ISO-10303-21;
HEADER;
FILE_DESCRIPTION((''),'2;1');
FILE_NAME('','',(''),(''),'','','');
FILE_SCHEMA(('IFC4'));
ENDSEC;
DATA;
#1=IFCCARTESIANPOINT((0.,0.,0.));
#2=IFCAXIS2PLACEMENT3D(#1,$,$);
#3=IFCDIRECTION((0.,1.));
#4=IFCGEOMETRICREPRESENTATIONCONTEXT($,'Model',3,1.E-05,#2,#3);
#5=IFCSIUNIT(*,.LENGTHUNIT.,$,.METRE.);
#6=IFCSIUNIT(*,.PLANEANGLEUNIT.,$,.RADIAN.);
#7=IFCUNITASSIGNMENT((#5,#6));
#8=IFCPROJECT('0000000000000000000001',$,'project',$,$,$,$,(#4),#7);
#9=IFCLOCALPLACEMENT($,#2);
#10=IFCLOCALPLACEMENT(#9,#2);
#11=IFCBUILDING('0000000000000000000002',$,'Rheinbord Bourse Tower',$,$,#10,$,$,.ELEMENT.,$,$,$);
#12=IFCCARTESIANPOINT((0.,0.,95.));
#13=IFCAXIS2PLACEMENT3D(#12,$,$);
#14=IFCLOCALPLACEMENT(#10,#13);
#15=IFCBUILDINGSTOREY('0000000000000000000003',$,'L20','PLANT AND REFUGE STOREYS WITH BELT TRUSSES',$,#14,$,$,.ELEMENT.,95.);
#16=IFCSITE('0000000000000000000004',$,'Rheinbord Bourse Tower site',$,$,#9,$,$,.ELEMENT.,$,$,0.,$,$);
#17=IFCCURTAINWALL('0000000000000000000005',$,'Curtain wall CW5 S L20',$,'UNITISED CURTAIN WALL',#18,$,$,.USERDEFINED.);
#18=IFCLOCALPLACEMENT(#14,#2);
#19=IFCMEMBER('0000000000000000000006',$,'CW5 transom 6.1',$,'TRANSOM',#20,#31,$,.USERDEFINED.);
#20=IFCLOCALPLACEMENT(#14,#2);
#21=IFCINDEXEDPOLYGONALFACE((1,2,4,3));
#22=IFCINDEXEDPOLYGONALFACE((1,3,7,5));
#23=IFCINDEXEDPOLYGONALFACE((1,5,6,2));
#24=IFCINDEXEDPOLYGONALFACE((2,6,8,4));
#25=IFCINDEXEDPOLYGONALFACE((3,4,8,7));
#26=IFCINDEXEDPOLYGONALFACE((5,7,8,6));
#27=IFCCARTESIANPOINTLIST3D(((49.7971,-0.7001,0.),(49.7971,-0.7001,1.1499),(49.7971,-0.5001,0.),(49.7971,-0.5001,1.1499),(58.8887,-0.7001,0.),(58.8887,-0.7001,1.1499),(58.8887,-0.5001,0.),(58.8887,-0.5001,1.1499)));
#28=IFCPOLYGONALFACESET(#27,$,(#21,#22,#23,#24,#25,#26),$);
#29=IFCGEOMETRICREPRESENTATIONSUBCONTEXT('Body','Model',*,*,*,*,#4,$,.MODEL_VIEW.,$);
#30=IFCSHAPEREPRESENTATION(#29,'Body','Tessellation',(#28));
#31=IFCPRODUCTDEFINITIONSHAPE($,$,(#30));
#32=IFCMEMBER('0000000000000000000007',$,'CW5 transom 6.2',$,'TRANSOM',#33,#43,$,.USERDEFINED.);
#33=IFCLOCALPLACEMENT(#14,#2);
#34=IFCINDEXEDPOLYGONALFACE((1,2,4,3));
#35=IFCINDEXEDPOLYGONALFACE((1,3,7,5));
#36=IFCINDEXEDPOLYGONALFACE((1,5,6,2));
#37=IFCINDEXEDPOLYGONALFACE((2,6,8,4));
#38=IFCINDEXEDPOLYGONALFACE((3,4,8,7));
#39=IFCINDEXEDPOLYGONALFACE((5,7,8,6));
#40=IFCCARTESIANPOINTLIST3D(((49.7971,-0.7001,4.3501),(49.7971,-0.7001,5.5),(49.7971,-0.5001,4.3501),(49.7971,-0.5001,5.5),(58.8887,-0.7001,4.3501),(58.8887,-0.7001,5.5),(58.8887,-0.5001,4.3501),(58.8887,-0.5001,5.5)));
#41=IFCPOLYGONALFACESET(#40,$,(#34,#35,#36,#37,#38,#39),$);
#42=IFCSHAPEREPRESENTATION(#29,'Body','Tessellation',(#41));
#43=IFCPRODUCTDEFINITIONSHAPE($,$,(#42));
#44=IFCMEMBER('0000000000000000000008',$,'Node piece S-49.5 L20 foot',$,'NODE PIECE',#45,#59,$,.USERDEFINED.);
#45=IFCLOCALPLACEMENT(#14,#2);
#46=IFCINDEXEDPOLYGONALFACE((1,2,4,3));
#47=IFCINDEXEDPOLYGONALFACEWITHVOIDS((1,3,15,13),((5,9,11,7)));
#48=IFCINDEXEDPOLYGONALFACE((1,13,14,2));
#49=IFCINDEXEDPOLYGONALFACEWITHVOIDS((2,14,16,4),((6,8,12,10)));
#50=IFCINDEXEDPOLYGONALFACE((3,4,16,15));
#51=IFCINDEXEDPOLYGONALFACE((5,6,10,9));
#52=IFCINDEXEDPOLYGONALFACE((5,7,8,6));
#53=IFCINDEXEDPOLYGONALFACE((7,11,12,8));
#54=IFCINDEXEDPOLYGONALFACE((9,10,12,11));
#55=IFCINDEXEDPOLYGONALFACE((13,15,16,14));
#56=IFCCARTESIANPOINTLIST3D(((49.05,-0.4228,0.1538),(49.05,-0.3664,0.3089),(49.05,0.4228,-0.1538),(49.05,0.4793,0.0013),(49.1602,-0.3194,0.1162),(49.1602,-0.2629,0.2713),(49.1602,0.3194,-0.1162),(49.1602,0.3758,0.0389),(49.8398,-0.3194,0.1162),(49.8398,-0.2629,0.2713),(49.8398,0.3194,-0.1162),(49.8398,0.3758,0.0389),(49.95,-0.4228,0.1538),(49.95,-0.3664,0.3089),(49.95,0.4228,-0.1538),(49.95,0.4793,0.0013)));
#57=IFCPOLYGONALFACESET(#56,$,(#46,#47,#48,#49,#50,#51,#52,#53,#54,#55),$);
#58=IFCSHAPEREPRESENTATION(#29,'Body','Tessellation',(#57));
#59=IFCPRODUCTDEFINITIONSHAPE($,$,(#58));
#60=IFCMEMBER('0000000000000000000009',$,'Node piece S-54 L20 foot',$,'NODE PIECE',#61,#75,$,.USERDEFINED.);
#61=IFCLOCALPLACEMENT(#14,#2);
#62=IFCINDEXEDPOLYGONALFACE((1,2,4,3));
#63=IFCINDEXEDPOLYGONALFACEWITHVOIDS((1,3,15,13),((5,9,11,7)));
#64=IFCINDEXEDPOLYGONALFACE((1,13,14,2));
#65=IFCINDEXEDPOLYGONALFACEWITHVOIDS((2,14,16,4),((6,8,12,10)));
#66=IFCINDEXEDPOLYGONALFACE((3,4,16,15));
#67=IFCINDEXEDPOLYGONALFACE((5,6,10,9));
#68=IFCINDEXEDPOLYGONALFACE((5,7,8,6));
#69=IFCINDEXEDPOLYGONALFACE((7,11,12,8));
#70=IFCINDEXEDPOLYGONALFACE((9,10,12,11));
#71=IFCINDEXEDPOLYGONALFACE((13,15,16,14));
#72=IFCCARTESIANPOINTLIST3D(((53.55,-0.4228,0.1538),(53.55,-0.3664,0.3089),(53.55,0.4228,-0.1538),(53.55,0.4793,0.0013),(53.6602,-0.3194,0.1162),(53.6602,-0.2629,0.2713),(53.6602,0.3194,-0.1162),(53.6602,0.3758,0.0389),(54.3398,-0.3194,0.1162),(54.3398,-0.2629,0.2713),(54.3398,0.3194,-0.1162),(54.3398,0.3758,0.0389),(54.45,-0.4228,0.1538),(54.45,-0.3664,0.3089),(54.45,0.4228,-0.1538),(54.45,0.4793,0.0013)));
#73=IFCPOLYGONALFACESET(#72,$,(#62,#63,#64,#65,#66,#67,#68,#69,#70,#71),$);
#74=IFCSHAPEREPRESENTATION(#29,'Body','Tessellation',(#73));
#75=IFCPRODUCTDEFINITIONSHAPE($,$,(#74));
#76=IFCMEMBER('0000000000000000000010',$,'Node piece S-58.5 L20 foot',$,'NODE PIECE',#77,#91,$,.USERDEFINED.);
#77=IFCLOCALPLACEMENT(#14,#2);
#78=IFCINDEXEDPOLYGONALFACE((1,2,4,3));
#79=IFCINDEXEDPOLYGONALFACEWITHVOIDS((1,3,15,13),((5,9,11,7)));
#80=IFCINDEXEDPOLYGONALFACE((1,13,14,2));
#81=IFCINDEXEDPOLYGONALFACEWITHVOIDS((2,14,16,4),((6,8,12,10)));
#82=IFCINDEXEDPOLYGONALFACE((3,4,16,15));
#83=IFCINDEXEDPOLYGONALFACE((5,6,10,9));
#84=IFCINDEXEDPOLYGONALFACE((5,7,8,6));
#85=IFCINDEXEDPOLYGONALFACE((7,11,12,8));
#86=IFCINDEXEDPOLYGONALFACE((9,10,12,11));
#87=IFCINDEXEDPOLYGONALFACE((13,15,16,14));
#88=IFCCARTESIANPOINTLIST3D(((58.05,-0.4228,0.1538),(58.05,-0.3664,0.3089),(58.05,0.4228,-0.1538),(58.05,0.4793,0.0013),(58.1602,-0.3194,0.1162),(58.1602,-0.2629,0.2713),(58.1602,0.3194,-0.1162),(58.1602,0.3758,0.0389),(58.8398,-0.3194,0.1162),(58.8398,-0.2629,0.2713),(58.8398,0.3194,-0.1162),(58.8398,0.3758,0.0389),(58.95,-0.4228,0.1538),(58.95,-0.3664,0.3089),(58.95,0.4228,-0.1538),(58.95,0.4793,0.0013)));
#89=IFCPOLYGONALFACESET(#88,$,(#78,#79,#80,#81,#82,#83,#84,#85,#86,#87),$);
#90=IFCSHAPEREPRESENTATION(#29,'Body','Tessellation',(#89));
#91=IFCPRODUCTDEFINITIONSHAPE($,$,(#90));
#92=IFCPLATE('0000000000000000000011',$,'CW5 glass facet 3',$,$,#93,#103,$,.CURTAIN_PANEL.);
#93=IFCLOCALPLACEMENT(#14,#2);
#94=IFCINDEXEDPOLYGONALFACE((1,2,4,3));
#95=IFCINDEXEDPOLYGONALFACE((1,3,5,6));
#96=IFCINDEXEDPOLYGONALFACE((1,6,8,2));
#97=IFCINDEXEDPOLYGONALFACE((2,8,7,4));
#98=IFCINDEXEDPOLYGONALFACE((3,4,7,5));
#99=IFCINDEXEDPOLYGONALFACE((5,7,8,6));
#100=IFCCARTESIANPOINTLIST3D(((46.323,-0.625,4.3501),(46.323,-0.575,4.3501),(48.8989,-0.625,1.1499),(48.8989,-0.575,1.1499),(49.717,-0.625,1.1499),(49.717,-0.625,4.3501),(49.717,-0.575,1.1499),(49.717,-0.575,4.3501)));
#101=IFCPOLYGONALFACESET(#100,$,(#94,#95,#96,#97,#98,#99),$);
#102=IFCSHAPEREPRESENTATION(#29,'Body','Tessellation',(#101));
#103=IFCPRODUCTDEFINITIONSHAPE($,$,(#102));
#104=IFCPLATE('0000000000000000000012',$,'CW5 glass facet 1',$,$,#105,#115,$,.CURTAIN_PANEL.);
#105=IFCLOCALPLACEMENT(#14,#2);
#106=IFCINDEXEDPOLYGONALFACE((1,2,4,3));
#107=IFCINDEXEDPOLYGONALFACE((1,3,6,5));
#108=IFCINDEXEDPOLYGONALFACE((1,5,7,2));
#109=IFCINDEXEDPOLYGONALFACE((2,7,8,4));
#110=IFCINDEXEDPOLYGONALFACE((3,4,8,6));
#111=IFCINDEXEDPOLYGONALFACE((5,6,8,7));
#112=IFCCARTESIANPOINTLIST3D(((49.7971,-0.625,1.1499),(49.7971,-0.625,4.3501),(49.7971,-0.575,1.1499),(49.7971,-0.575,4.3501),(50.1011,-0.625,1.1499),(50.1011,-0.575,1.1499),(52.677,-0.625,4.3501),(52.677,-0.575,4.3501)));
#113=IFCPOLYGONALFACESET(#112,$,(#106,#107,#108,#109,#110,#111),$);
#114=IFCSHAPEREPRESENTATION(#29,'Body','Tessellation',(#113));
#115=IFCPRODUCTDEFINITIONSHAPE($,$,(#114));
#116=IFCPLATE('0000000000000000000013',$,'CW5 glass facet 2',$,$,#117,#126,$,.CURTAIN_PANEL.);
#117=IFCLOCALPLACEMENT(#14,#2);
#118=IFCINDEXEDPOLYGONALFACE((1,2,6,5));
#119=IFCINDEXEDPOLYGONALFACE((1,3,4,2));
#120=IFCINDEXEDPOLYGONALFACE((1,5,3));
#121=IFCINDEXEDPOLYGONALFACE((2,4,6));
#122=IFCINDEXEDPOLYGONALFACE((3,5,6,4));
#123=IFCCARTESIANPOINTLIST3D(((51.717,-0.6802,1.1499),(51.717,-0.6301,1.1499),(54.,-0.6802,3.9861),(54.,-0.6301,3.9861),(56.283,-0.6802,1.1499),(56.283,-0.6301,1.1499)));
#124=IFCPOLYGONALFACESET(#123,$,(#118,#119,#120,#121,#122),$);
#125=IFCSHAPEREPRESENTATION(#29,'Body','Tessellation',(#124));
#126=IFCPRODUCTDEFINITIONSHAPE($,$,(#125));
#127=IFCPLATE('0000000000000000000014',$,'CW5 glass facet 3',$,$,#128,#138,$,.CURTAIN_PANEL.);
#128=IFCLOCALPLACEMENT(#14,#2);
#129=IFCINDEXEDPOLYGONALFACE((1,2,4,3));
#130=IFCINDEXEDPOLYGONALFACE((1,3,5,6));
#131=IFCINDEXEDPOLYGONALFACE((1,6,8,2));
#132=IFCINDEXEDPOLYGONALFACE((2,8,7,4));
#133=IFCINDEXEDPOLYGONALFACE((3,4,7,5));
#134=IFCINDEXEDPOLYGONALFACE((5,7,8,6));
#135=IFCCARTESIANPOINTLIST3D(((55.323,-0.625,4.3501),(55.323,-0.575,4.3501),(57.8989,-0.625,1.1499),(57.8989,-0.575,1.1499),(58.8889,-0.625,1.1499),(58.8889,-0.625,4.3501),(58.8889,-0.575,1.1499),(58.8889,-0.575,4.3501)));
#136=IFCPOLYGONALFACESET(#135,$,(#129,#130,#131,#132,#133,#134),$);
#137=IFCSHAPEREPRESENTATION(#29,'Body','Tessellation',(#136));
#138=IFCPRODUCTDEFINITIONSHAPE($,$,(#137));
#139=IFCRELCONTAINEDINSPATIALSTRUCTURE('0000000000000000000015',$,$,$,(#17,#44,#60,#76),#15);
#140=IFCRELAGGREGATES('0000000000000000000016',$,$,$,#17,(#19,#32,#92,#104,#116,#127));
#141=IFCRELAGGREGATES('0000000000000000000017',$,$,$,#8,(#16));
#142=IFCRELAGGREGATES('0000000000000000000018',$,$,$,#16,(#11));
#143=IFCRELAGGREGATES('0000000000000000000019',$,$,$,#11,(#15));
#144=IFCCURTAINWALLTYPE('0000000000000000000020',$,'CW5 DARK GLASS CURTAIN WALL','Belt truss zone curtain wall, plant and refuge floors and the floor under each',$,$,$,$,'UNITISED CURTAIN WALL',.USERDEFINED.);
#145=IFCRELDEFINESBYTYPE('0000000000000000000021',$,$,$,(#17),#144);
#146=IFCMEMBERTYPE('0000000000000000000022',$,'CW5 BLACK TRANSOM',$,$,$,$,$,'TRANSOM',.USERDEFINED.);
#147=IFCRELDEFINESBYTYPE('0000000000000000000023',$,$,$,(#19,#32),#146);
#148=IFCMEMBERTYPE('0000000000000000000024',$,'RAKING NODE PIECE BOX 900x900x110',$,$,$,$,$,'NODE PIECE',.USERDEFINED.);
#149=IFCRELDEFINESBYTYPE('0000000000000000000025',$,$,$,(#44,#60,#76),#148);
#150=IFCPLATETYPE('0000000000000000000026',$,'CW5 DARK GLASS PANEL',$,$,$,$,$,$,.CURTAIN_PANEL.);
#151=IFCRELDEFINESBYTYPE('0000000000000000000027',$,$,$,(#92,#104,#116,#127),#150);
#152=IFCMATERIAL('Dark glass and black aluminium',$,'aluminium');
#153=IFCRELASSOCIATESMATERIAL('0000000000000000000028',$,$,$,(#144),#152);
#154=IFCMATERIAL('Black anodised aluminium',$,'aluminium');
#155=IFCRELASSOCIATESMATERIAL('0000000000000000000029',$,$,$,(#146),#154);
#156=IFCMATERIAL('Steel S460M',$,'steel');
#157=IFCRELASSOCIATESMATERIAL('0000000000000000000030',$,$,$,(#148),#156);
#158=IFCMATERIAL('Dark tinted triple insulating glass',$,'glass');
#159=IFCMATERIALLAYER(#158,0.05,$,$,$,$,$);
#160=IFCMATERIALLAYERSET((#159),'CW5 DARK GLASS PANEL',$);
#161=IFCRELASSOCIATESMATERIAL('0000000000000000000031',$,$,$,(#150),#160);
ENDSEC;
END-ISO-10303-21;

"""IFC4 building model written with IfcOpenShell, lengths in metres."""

from ifc_helpers import new_model, si_unit, direction, frame, origin, origin_2d, place, context, subcontext, project, spatial, polyline, rectangle, hollow_rectangle, outline, extrude, material, layer, layer_set, material_profile, profile_set, type_object, element, aggregate, save


model = new_model("IFC4")

# Units and contexts
model_context = context("Model", 3, precision=1e-05, world=origin(), true_north=direction((0.0, 1.0)))
body_context = subcontext(model_context, "Body", "Model", "MODEL_VIEW")
ifc_project = project(units=[si_unit("LENGTHUNIT", "METRE"), si_unit("PLANEANGLEUNIT", "RADIAN")], contexts=[model_context])

# Site, building, storey
site_placement = place(None, origin())
site = spatial("IfcSite", under=ifc_project, at=site_placement, Name="Rheinbord Bourse Tower site", CompositionType="ELEMENT", RefElevation=0.0)
building_placement = place(site_placement, origin())
building = spatial("IfcBuilding", under=site, at=building_placement, Name="Rheinbord Bourse Tower", CompositionType="ELEMENT")
storey_placement = place(building_placement, frame((0.0, 0.0, 95.0)))
storey = spatial("IfcBuildingStorey", under=building, at=storey_placement, Name="L20", Description="PLANT AND REFUGE STOREYS WITH BELT TRUSSES", CompositionType="ELEMENT", Elevation=95.0)

# Curtain wall, members
ifc_material_1 = material(Name="Dark glass and black aluminium", Category="aluminium")
curtain_wall_type = type_object("IfcCurtainWallType", Name="CW5 DARK GLASS CURTAIN WALL", Description="Belt truss zone curtain wall, plant and refuge floors and the floor under each", ElementType="UNITISED CURTAIN WALL", PredefinedType="USERDEFINED", material=ifc_material_1)
curtain_wall_placement = place(storey_placement, origin())
curtain_wall = element("IfcCurtainWall", 1, at=curtain_wall_placement, inside=storey, type_object=curtain_wall_type, Name="Curtain wall CW5 S L20", ObjectType="UNITISED CURTAIN WALL", PredefinedType="USERDEFINED")
ifc_material_2 = material(Name="Black anodised aluminium", Category="aluminium")
ifc_material_profile_1 = material_profile(ifc_material_2, rectangle(XDim=0.2, YDim=1.1499, at=origin_2d()), Name="CW5 TRANSOM 1150x200")
ifc_profile_set_1 = profile_set([ifc_material_profile_1], Name="Black anodised aluminium")
member_type_1 = type_object("IfcMemberType", Name="CW5 BLACK TRANSOM", ElementType="TRANSOM", PredefinedType="USERDEFINED", material=ifc_profile_set_1)
member_1_placement = place(storey_placement, frame((49.7971, -0.6001, 0.575), z_axis=(1.0, 0.0, 0.0), x_axis=(0.0, 1.0, 0.0)))
member_1 = element("IfcMember", 2, at=member_1_placement, type_object=member_type_1, Name="CW5 transom 6.1", ObjectType="TRANSOM", PredefinedType="USERDEFINED", context=body_context, shape_type="SweptSolid", body=[
    extrude(rectangle(XDim=0.2, YDim=1.1499, at=origin_2d()), origin(), (0.0, 0.0, 1.0), 9.0916),
])
member_2_placement = place(storey_placement, frame((49.7971, -0.6001, 4.925), z_axis=(1.0, 0.0, 0.0), x_axis=(0.0, 1.0, 0.0)))
member_2 = element("IfcMember", 3, at=member_2_placement, type_object=member_type_1, Name="CW5 transom 6.2", ObjectType="TRANSOM", PredefinedType="USERDEFINED", context=body_context, shape_type="SweptSolid", body=[
    extrude(rectangle(XDim=0.2, YDim=1.1499, at=origin_2d()), origin(), (0.0, 0.0, 1.0), 9.0916),
])

# Members
ifc_material_3 = material(Name="Steel S460M", Category="steel")
ifc_material_profile_2 = material_profile(ifc_material_3, hollow_rectangle(XDim=0.8999, YDim=0.8999, WallThickness=0.1101, at=origin_2d()), Name="BOX 900x900x110")
ifc_profile_set_2 = profile_set([ifc_material_profile_2], Name="Steel S460M")
member_type_2 = type_object("IfcMemberType", Name="RAKING NODE PIECE BOX 900x900x110", ElementType="NODE PIECE", PredefinedType="USERDEFINED", material=ifc_profile_set_2)
for number, where, z_axis, x_axis, name in (
    (4, (49.5, 0.0, 0.0), (0.0, 0.341862, 0.93975), (0.0, -0.93975, 0.341862), "Node piece S-49.5 L20 foot"),
    (5, (54.0, 0.0, 0.0), (0.0, 0.341862, 0.93975), (0.0, -0.93975, 0.341862), "Node piece S-54 L20 foot"),
    (6, (58.5, 0.0, 0.0), (0.0, 0.341862, 0.93975), (0.0, -0.93975, 0.341862), "Node piece S-58.5 L20 foot"),
):
    element("IfcMember", number, at=place(storey_placement, frame(where, z_axis=z_axis, x_axis=x_axis)), inside=storey, type_object=member_type_2, Name=name, ObjectType="NODE PIECE", PredefinedType="USERDEFINED", context=body_context, shape_type="SweptSolid", body=[
        extrude(hollow_rectangle(XDim=0.8999, YDim=0.8999, WallThickness=0.1101, at=origin_2d()), origin(), (0.0, 0.0, 1.0), 0.165),
    ])

# Plates
ifc_material_4 = material(Name="Dark tinted triple insulating glass", Category="glass")
ifc_layer = layer(ifc_material_4, 0.05)
ifc_layer_set = layer_set([ifc_layer], Name="CW5 DARK GLASS PANEL")
plate_type = type_object("IfcPlateType", Name="CW5 DARK GLASS PANEL", PredefinedType="CURTAIN_PANEL", material=ifc_layer_set)
plate_1_placement = place(storey_placement, frame((49.717, -0.625, 4.3501), z_axis=(0.0, 1.0, 0.0), x_axis=(0.0, 0.0, -1.0)))
plate_1 = element("IfcPlate", 7, at=plate_1_placement, type_object=plate_type, Name="CW5 glass facet 3", PredefinedType="CURTAIN_PANEL", context=body_context, shape_type="SweptSolid", body=[
    extrude(outline(polyline([(0.0, 0.0), (3.2002, 0.0), (3.2002, 0.8181), (0.0, 3.394), (0.0, 0.0)])), origin(), (0.0, 0.0, 1.0), 0.05),
])
plate_2_placement = place(storey_placement, frame((49.7971, -0.625, 1.1499), z_axis=(0.0, 1.0, 0.0), x_axis=(0.0, 0.0, 1.0)))
plate_2 = element("IfcPlate", 8, at=plate_2_placement, type_object=plate_type, Name="CW5 glass facet 1", PredefinedType="CURTAIN_PANEL", context=body_context, shape_type="SweptSolid", body=[
    extrude(outline(polyline([(0.0, 0.0), (3.2002, 0.0), (3.2002, 2.8799), (0.0, 0.304), (0.0, 0.0)])), origin(), (0.0, 0.0, 1.0), 0.05),
])
plate_3_placement = place(storey_placement, frame((51.717, -0.6802, 1.1499), z_axis=(0.0, 1.0, 0.0), x_axis=(0.627039, 0.0, 0.778988)))
plate_3 = element("IfcPlate", 9, at=plate_3_placement, type_object=plate_type, Name="CW5 glass facet 2", PredefinedType="CURTAIN_PANEL", context=body_context, shape_type="SweptSolid", body=[
    extrude(outline(polyline([(0.0, 0.0), (3.6409, 0.0), (2.863, 3.5569), (0.0, 0.0)])), origin(), (0.0, 0.0, 1.0), 0.05),
])
plate_4_placement = place(storey_placement, frame((58.8889, -0.625, 4.3501), z_axis=(0.0, 1.0, 0.0), x_axis=(0.0, 0.0, -1.0)))
plate_4 = element("IfcPlate", 10, at=plate_4_placement, type_object=plate_type, Name="CW5 glass facet 3", PredefinedType="CURTAIN_PANEL", context=body_context, shape_type="SweptSolid", body=[
    extrude(outline(polyline([(0.0, 0.0), (3.2002, 0.0), (3.2002, 0.99), (0.0, 3.5659), (0.0, 0.0)])), origin(), (0.0, 0.0, 1.0), 0.05),
])
aggregate(curtain_wall, [member_1, member_2, plate_1, plate_2, plate_3, plate_4])

save(model, "model.ifc")
